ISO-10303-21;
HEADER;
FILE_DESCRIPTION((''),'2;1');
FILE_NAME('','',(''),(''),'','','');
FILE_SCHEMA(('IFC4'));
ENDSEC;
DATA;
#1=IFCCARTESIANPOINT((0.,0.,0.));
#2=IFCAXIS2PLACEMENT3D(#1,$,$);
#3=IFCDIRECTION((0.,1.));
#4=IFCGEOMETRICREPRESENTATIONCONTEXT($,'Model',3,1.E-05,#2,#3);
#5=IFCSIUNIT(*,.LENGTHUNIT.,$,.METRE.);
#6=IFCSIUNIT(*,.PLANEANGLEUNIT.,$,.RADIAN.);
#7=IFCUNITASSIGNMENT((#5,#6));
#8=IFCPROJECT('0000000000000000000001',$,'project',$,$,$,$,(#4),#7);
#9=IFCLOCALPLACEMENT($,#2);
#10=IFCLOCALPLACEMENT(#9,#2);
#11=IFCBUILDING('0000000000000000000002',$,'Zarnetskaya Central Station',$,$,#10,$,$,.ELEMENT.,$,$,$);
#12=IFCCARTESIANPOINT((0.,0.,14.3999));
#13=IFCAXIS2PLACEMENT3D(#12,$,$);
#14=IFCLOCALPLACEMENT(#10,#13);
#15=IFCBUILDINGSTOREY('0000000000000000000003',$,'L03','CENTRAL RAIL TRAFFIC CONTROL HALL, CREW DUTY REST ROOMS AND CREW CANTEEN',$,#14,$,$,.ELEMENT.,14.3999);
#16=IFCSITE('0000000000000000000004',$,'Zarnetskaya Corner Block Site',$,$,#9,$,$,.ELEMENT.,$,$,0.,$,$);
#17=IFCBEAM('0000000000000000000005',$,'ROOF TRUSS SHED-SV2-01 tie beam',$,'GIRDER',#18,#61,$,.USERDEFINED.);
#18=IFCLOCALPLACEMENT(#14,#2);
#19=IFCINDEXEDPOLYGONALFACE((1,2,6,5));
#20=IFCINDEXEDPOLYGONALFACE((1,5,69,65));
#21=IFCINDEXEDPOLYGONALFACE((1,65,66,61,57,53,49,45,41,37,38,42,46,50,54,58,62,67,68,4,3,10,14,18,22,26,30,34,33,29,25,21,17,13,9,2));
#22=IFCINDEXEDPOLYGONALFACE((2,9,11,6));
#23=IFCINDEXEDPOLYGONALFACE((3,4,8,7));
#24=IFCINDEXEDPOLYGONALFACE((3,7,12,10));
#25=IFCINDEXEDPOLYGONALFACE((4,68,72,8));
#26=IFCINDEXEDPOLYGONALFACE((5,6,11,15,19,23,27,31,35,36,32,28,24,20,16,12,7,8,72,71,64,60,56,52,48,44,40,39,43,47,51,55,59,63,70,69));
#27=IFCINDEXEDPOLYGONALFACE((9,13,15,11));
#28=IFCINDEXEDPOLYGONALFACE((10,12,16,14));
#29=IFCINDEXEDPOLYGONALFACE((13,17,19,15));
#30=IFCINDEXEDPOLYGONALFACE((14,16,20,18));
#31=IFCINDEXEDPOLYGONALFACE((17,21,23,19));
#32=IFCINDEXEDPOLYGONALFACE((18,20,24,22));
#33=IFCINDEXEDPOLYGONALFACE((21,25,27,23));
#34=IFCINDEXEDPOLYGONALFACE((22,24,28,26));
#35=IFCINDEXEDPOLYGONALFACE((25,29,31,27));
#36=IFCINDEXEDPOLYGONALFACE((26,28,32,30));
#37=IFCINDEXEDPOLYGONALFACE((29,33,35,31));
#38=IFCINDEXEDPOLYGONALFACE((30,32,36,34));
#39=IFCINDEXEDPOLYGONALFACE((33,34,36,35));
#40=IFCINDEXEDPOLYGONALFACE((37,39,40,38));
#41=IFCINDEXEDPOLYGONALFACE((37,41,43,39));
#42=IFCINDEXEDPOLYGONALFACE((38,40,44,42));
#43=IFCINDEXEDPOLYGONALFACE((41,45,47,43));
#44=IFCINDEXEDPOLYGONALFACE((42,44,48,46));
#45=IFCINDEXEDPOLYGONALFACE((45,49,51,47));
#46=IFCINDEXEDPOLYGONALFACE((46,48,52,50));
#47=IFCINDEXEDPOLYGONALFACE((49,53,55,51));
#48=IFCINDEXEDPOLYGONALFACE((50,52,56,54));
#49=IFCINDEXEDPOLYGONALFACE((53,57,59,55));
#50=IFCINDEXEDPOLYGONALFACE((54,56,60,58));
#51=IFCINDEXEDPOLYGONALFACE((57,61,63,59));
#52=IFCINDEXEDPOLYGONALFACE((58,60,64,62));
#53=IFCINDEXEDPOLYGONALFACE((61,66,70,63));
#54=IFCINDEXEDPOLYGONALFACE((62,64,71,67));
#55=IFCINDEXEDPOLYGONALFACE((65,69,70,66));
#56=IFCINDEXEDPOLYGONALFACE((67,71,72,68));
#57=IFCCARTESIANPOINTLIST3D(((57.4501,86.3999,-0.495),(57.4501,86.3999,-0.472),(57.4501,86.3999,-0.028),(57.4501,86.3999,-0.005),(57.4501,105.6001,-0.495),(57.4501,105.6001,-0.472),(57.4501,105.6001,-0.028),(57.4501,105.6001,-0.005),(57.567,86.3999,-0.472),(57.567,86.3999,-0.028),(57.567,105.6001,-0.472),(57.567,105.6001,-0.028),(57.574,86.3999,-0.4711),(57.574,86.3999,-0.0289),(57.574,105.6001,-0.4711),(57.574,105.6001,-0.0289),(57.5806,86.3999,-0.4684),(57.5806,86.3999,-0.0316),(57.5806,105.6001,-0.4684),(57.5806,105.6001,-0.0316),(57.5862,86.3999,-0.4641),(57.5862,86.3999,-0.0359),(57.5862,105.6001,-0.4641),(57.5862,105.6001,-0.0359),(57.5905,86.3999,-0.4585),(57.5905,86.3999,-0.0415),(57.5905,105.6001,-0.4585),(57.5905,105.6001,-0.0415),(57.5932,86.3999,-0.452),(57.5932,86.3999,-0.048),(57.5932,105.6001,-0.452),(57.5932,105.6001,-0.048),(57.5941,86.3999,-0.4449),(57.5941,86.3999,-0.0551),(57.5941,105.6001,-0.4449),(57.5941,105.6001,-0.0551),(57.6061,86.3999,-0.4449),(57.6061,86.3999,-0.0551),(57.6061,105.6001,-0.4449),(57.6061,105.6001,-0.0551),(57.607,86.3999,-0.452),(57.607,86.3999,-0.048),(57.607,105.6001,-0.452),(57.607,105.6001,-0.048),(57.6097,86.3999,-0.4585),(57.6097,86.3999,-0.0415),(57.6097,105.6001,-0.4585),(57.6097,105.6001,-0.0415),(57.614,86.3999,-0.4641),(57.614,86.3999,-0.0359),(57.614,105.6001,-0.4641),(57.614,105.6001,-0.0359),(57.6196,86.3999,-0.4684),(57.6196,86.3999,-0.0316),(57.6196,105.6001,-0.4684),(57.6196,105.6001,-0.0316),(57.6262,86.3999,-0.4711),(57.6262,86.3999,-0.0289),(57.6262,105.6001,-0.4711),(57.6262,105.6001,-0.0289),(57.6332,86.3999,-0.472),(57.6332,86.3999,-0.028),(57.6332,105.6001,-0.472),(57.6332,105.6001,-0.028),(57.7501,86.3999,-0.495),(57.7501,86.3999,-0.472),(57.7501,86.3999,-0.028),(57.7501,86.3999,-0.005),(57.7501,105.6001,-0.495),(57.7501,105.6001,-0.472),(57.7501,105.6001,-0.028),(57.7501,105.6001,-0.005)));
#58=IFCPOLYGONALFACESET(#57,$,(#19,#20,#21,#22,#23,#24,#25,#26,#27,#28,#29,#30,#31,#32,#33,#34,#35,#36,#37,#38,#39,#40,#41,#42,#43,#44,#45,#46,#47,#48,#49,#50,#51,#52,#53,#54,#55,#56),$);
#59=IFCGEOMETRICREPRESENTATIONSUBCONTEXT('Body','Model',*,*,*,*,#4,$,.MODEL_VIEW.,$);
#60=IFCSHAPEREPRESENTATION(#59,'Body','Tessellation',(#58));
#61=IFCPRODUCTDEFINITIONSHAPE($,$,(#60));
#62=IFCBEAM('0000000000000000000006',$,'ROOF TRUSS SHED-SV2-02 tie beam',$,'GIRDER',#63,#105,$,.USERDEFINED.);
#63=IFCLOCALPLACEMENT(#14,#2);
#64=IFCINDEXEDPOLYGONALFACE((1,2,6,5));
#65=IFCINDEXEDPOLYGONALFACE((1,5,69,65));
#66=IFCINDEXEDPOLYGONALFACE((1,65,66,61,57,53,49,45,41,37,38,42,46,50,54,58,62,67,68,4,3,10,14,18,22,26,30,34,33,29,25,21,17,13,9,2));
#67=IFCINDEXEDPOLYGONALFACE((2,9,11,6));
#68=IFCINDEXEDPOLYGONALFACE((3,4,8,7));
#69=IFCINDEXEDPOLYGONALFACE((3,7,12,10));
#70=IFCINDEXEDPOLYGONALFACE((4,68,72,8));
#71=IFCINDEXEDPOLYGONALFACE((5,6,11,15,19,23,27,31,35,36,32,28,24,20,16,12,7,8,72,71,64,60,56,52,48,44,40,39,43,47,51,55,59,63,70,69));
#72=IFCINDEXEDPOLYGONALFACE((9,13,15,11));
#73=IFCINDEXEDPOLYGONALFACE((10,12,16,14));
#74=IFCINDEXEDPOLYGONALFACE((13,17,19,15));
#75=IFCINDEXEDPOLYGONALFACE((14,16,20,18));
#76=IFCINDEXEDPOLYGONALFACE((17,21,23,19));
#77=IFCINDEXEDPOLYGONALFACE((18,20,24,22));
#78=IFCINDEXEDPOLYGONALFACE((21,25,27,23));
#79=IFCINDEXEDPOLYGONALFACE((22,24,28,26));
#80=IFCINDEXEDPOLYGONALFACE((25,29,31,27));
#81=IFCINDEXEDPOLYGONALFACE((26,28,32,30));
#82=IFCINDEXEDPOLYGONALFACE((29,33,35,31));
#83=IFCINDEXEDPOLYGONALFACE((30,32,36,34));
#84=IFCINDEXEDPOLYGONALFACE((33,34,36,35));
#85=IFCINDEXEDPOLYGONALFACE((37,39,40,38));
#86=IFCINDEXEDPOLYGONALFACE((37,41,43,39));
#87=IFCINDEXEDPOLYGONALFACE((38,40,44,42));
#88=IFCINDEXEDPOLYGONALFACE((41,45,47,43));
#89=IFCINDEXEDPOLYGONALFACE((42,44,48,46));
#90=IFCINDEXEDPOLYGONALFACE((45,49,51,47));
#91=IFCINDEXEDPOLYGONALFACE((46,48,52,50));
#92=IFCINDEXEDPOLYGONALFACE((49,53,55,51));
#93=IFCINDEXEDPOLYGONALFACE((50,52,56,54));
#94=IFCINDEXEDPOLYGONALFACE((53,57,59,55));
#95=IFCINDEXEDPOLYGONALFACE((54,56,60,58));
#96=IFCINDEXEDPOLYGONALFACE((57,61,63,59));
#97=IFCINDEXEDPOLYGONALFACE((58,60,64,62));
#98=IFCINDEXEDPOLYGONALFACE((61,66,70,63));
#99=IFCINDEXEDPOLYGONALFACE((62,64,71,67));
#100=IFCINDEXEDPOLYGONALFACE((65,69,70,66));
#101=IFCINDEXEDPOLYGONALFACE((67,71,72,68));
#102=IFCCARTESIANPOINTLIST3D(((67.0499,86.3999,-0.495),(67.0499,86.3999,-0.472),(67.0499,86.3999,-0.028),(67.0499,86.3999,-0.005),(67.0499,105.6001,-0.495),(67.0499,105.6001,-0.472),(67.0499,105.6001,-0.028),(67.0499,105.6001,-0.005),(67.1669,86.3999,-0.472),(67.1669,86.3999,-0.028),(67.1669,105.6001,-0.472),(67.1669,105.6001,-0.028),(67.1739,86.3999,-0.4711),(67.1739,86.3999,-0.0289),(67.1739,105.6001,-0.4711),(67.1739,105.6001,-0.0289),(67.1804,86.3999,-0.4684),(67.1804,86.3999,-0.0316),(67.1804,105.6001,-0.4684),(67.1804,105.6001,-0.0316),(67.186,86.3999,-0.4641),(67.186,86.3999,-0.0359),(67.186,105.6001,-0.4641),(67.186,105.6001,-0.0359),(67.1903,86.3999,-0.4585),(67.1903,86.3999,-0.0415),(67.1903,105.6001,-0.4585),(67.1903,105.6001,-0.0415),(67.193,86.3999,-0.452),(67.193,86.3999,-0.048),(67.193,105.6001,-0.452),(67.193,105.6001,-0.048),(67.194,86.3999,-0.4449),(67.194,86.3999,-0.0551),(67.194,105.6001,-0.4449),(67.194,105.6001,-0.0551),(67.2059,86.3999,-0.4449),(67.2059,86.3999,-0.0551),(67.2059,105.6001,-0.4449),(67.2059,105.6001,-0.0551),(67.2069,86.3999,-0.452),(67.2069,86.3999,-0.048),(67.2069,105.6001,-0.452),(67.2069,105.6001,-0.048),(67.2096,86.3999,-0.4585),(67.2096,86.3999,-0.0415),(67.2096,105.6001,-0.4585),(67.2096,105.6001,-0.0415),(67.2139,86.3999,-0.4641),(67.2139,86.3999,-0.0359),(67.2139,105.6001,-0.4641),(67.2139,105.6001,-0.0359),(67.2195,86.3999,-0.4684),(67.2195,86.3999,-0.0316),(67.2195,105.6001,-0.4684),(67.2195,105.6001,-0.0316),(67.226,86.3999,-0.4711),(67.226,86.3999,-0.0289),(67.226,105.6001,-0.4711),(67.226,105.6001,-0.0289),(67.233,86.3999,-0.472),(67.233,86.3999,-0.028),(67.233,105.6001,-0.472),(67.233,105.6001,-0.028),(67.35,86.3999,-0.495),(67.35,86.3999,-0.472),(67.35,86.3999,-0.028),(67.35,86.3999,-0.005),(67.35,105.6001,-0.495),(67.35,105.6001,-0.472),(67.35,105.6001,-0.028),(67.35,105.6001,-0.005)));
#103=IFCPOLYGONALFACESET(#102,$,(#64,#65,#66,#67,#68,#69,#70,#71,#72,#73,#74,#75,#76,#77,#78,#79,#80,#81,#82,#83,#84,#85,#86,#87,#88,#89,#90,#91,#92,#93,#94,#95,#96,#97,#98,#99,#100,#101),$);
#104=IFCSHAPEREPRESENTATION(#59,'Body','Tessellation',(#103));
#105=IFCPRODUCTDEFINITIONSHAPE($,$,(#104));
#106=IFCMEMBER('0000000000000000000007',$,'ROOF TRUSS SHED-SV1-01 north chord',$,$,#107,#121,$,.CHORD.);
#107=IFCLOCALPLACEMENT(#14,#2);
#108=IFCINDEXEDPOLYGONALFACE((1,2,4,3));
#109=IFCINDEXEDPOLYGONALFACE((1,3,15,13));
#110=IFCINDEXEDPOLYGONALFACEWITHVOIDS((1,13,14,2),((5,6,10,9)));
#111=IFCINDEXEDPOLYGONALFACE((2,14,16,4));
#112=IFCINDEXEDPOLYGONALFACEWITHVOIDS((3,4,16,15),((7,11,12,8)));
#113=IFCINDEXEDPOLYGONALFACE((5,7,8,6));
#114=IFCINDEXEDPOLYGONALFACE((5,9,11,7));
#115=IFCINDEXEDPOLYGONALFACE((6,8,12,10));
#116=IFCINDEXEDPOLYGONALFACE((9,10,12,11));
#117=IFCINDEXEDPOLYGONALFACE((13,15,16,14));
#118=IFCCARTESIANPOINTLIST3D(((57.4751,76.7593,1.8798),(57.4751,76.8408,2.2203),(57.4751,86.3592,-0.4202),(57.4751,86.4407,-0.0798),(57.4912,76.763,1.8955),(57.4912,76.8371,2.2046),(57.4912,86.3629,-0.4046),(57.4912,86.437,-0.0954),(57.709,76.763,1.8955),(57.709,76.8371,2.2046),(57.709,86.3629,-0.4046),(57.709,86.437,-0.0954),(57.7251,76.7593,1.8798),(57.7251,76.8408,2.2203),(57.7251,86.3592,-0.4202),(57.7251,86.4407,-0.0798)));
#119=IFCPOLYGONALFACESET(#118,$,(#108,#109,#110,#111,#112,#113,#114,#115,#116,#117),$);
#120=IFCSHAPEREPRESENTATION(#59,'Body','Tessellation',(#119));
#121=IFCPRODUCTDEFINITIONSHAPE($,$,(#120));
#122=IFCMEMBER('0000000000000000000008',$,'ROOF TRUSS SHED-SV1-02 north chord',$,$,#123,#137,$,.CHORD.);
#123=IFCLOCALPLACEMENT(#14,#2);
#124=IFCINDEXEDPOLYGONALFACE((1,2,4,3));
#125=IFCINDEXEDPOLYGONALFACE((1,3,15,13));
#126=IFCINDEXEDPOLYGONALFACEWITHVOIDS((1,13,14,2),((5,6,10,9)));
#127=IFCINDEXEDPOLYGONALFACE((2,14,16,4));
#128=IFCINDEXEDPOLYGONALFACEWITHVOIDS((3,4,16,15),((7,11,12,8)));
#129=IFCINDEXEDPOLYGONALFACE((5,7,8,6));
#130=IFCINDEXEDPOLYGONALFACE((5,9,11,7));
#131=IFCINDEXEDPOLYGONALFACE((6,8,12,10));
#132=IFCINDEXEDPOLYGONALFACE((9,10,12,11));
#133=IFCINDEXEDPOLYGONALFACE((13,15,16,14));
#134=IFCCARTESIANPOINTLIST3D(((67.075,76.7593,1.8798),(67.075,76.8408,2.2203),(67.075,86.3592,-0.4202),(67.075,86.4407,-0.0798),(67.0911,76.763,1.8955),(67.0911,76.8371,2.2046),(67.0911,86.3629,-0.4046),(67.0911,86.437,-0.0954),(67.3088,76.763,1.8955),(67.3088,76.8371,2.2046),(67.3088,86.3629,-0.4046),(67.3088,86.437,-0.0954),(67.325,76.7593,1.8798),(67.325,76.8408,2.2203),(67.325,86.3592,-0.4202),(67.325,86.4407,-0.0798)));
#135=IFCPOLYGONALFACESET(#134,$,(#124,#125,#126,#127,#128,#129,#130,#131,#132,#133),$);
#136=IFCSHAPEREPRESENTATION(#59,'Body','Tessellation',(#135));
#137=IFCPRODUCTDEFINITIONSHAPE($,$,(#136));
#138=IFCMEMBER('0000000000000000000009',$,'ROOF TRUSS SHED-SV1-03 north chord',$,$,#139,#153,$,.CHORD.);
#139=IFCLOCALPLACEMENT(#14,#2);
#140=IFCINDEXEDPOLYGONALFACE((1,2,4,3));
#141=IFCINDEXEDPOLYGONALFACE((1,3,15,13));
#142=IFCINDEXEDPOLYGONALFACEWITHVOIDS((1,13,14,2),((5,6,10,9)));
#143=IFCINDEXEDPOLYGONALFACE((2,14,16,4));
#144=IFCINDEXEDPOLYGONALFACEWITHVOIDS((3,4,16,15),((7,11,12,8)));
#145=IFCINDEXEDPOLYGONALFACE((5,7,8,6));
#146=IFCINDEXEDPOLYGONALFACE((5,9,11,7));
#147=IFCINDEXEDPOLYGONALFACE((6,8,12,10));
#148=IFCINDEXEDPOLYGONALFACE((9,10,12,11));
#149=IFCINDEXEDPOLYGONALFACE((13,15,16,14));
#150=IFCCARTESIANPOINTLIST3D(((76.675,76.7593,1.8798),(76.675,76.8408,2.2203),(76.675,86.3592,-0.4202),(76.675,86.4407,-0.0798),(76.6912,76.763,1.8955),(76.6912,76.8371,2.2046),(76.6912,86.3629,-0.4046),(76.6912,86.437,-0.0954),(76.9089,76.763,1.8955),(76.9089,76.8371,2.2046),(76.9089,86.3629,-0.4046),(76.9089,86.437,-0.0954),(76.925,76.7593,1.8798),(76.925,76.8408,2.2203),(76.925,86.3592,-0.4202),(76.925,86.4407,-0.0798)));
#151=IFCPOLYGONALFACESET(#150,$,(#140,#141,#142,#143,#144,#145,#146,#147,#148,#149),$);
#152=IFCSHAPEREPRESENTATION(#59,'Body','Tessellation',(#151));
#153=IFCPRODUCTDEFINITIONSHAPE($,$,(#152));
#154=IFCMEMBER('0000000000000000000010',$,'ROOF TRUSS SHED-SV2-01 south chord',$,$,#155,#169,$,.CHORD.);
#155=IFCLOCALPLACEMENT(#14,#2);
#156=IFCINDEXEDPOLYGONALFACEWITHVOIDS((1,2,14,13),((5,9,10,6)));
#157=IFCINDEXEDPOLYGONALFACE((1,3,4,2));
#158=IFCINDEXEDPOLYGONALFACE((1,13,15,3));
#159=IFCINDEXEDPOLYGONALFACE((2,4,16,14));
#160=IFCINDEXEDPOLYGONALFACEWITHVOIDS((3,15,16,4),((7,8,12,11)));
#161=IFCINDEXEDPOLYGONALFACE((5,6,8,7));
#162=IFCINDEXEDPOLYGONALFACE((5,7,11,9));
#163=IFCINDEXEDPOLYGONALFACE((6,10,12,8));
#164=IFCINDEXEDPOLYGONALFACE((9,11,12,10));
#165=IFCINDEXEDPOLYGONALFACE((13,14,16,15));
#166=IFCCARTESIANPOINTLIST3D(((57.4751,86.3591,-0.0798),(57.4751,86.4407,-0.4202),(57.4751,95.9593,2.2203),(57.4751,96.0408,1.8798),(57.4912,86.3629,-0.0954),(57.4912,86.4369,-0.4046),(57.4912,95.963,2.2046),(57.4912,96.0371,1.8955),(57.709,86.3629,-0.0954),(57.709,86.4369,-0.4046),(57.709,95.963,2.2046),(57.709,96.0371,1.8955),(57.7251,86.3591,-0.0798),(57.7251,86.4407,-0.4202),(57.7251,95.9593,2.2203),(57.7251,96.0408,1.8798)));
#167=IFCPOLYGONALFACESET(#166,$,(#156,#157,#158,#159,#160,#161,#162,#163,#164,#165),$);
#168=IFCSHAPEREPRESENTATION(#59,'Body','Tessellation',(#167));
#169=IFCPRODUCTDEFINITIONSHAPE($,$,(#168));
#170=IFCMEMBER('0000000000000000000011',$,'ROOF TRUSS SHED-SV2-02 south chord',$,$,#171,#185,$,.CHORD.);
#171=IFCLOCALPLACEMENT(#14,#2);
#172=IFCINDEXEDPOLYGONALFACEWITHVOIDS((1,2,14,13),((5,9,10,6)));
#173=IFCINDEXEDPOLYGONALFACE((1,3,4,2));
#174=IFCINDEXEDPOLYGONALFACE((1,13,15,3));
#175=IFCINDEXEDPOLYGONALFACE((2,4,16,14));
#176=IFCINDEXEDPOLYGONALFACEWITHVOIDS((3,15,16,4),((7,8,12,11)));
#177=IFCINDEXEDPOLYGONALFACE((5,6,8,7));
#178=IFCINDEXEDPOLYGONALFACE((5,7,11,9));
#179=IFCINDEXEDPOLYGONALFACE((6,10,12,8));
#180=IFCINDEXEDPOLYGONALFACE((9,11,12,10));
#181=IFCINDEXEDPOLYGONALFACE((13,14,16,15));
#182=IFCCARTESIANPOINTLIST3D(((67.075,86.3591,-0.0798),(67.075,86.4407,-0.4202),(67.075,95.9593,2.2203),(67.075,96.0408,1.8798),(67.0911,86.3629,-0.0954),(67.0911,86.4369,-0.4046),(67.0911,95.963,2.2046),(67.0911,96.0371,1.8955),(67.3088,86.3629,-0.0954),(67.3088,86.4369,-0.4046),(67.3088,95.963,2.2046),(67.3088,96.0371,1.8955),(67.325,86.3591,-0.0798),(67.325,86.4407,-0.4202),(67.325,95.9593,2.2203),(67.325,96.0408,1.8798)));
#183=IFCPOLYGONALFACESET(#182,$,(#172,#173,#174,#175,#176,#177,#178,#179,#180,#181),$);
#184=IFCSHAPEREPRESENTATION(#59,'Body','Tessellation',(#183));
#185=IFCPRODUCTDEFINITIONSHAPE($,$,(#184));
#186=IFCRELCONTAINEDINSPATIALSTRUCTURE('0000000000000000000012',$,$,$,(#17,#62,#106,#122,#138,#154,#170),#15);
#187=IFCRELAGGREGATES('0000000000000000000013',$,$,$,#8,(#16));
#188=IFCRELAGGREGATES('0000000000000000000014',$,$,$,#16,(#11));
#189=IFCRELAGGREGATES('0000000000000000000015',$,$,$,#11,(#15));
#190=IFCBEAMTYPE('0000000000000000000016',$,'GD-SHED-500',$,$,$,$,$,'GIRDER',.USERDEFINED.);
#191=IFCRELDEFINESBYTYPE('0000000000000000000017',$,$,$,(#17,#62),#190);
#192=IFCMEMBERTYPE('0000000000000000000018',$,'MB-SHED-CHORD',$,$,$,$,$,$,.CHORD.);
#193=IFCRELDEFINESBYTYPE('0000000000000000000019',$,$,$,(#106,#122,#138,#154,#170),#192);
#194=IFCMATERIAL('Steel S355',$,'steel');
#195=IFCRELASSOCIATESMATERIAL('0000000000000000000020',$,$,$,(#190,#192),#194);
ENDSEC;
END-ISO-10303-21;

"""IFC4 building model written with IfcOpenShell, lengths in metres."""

from ifc_helpers import new_model, si_unit, direction, frame, origin, origin_2d, place, context, subcontext, project, spatial, hollow_rectangle, i_section, extrude, material, material_profile, profile_set, type_object, element, save


model = new_model("IFC4")

# Units and contexts
model_context = context("Model", 3, precision=1e-05, world=origin(), true_north=direction((0.0, 1.0)))
body_context = subcontext(model_context, "Body", "Model", "MODEL_VIEW")
ifc_project = project(units=[si_unit("LENGTHUNIT", "METRE"), si_unit("PLANEANGLEUNIT", "RADIAN")], contexts=[model_context])

# Site, building, storey
site_placement = place(None, origin())
site = spatial("IfcSite", under=ifc_project, at=site_placement, Name="Zarnetskaya Corner Block Site", CompositionType="ELEMENT", RefElevation=0.0)
building_placement = place(site_placement, origin())
building = spatial("IfcBuilding", under=site, at=building_placement, Name="Zarnetskaya Central Station", CompositionType="ELEMENT")
storey_placement = place(building_placement, frame((0.0, 0.0, 14.3999)))
storey = spatial("IfcBuildingStorey", under=building, at=storey_placement, Name="L03", Description="CENTRAL RAIL TRAFFIC CONTROL HALL, CREW DUTY REST ROOMS AND CREW CANTEEN", CompositionType="ELEMENT", Elevation=14.3999)

# Beams
ifc_material_1 = material(Name="Steel S355", Category="steel")
ifc_material_profile_1 = material_profile(ifc_material_1, i_section(OverallWidth=0.3, OverallDepth=0.49, WebThickness=0.012, FlangeThickness=0.0229, FilletRadius=0.0271, at=origin_2d()), Name="HEA 500")
ifc_profile_set_1 = profile_set([ifc_material_profile_1], Name="Steel S355")
beam_type = type_object("IfcBeamType", Name="GD-SHED-500", ElementType="GIRDER", PredefinedType="USERDEFINED", material=ifc_profile_set_1)
for number, where, z_axis, x_axis, name in (
    (1, (57.6001, 86.3999, -0.25), (0.0, 1.0, 0.0), (-1.0, 0.0, 0.0), "ROOF TRUSS SHED-SV2-01 tie beam"),
    (2, (67.2, 86.3999, -0.25), (0.0, 1.0, 0.0), (-1.0, 0.0, 0.0), "ROOF TRUSS SHED-SV2-02 tie beam"),
):
    element("IfcBeam", number, at=place(storey_placement, frame(where, z_axis=z_axis, x_axis=x_axis)), inside=storey, type_object=beam_type, Name=name, ObjectType="GIRDER", PredefinedType="USERDEFINED", context=body_context, shape_type="SweptSolid", body=[
        extrude(i_section(OverallWidth=0.3, OverallDepth=0.49, WebThickness=0.012, FlangeThickness=0.0229, FilletRadius=0.0271, at=origin_2d()), origin(), (0.0, 0.0, 1.0), 19.2002),
    ])

# Members
ifc_material_profile_2 = material_profile(ifc_material_1, hollow_rectangle(XDim=0.25, YDim=0.3501, WallThickness=0.0161, at=origin_2d()), Name="RHS 350x250x16")
ifc_profile_set_2 = profile_set([ifc_material_profile_2], Name="Steel S355")
member_type_1 = type_object("IfcMemberType", Name="MB-SHED-CHORD", PredefinedType="CHORD", material=ifc_profile_set_2)
for number, where, z_axis, x_axis, name in (
    (3, (57.6001, 76.8, 2.05), (0.0, 0.972477, -0.232998), (-1.0, 0.0, 0.0), "ROOF TRUSS SHED-SV1-01 north chord"),
    (4, (67.2, 76.8, 2.05), (0.0, 0.972477, -0.232998), (-1.0, 0.0, 0.0), "ROOF TRUSS SHED-SV1-02 north chord"),
    (5, (76.8, 76.8, 2.05), (0.0, 0.972477, -0.232998), (-1.0, 0.0, 0.0), "ROOF TRUSS SHED-SV1-03 north chord"),
):
    element("IfcMember", number, at=place(storey_placement, frame(where, z_axis=z_axis, x_axis=x_axis)), inside=storey, type_object=member_type_1, Name=name, PredefinedType="CHORD", context=body_context, shape_type="SweptSolid", body=[
        extrude(hollow_rectangle(XDim=0.25, YDim=0.3501, WallThickness=0.0161, at=origin_2d()), origin(), (0.0, 0.0, 1.0), 9.8716),
    ])
for number, where, z_axis, x_axis, name in (
    (6, (57.6001, 86.3999, -0.25), (0.0, 0.972479, 0.232992), (-1.0, 0.0, 0.0), "ROOF TRUSS SHED-SV2-01 south chord"),
    (7, (67.2, 86.3999, -0.25), (0.0, 0.972479, 0.232992), (-1.0, 0.0, 0.0), "ROOF TRUSS SHED-SV2-02 south chord"),
):
    element("IfcMember", number, at=place(storey_placement, frame(where, z_axis=z_axis, x_axis=x_axis)), inside=storey, type_object=member_type_1, Name=name, PredefinedType="CHORD", context=body_context, shape_type="SweptSolid", body=[
        extrude(hollow_rectangle(XDim=0.25, YDim=0.3501, WallThickness=0.0161, at=origin_2d()), origin(), (0.0, 0.0, 1.0), 9.8718),
    ])

save(model, "model.ifc")
